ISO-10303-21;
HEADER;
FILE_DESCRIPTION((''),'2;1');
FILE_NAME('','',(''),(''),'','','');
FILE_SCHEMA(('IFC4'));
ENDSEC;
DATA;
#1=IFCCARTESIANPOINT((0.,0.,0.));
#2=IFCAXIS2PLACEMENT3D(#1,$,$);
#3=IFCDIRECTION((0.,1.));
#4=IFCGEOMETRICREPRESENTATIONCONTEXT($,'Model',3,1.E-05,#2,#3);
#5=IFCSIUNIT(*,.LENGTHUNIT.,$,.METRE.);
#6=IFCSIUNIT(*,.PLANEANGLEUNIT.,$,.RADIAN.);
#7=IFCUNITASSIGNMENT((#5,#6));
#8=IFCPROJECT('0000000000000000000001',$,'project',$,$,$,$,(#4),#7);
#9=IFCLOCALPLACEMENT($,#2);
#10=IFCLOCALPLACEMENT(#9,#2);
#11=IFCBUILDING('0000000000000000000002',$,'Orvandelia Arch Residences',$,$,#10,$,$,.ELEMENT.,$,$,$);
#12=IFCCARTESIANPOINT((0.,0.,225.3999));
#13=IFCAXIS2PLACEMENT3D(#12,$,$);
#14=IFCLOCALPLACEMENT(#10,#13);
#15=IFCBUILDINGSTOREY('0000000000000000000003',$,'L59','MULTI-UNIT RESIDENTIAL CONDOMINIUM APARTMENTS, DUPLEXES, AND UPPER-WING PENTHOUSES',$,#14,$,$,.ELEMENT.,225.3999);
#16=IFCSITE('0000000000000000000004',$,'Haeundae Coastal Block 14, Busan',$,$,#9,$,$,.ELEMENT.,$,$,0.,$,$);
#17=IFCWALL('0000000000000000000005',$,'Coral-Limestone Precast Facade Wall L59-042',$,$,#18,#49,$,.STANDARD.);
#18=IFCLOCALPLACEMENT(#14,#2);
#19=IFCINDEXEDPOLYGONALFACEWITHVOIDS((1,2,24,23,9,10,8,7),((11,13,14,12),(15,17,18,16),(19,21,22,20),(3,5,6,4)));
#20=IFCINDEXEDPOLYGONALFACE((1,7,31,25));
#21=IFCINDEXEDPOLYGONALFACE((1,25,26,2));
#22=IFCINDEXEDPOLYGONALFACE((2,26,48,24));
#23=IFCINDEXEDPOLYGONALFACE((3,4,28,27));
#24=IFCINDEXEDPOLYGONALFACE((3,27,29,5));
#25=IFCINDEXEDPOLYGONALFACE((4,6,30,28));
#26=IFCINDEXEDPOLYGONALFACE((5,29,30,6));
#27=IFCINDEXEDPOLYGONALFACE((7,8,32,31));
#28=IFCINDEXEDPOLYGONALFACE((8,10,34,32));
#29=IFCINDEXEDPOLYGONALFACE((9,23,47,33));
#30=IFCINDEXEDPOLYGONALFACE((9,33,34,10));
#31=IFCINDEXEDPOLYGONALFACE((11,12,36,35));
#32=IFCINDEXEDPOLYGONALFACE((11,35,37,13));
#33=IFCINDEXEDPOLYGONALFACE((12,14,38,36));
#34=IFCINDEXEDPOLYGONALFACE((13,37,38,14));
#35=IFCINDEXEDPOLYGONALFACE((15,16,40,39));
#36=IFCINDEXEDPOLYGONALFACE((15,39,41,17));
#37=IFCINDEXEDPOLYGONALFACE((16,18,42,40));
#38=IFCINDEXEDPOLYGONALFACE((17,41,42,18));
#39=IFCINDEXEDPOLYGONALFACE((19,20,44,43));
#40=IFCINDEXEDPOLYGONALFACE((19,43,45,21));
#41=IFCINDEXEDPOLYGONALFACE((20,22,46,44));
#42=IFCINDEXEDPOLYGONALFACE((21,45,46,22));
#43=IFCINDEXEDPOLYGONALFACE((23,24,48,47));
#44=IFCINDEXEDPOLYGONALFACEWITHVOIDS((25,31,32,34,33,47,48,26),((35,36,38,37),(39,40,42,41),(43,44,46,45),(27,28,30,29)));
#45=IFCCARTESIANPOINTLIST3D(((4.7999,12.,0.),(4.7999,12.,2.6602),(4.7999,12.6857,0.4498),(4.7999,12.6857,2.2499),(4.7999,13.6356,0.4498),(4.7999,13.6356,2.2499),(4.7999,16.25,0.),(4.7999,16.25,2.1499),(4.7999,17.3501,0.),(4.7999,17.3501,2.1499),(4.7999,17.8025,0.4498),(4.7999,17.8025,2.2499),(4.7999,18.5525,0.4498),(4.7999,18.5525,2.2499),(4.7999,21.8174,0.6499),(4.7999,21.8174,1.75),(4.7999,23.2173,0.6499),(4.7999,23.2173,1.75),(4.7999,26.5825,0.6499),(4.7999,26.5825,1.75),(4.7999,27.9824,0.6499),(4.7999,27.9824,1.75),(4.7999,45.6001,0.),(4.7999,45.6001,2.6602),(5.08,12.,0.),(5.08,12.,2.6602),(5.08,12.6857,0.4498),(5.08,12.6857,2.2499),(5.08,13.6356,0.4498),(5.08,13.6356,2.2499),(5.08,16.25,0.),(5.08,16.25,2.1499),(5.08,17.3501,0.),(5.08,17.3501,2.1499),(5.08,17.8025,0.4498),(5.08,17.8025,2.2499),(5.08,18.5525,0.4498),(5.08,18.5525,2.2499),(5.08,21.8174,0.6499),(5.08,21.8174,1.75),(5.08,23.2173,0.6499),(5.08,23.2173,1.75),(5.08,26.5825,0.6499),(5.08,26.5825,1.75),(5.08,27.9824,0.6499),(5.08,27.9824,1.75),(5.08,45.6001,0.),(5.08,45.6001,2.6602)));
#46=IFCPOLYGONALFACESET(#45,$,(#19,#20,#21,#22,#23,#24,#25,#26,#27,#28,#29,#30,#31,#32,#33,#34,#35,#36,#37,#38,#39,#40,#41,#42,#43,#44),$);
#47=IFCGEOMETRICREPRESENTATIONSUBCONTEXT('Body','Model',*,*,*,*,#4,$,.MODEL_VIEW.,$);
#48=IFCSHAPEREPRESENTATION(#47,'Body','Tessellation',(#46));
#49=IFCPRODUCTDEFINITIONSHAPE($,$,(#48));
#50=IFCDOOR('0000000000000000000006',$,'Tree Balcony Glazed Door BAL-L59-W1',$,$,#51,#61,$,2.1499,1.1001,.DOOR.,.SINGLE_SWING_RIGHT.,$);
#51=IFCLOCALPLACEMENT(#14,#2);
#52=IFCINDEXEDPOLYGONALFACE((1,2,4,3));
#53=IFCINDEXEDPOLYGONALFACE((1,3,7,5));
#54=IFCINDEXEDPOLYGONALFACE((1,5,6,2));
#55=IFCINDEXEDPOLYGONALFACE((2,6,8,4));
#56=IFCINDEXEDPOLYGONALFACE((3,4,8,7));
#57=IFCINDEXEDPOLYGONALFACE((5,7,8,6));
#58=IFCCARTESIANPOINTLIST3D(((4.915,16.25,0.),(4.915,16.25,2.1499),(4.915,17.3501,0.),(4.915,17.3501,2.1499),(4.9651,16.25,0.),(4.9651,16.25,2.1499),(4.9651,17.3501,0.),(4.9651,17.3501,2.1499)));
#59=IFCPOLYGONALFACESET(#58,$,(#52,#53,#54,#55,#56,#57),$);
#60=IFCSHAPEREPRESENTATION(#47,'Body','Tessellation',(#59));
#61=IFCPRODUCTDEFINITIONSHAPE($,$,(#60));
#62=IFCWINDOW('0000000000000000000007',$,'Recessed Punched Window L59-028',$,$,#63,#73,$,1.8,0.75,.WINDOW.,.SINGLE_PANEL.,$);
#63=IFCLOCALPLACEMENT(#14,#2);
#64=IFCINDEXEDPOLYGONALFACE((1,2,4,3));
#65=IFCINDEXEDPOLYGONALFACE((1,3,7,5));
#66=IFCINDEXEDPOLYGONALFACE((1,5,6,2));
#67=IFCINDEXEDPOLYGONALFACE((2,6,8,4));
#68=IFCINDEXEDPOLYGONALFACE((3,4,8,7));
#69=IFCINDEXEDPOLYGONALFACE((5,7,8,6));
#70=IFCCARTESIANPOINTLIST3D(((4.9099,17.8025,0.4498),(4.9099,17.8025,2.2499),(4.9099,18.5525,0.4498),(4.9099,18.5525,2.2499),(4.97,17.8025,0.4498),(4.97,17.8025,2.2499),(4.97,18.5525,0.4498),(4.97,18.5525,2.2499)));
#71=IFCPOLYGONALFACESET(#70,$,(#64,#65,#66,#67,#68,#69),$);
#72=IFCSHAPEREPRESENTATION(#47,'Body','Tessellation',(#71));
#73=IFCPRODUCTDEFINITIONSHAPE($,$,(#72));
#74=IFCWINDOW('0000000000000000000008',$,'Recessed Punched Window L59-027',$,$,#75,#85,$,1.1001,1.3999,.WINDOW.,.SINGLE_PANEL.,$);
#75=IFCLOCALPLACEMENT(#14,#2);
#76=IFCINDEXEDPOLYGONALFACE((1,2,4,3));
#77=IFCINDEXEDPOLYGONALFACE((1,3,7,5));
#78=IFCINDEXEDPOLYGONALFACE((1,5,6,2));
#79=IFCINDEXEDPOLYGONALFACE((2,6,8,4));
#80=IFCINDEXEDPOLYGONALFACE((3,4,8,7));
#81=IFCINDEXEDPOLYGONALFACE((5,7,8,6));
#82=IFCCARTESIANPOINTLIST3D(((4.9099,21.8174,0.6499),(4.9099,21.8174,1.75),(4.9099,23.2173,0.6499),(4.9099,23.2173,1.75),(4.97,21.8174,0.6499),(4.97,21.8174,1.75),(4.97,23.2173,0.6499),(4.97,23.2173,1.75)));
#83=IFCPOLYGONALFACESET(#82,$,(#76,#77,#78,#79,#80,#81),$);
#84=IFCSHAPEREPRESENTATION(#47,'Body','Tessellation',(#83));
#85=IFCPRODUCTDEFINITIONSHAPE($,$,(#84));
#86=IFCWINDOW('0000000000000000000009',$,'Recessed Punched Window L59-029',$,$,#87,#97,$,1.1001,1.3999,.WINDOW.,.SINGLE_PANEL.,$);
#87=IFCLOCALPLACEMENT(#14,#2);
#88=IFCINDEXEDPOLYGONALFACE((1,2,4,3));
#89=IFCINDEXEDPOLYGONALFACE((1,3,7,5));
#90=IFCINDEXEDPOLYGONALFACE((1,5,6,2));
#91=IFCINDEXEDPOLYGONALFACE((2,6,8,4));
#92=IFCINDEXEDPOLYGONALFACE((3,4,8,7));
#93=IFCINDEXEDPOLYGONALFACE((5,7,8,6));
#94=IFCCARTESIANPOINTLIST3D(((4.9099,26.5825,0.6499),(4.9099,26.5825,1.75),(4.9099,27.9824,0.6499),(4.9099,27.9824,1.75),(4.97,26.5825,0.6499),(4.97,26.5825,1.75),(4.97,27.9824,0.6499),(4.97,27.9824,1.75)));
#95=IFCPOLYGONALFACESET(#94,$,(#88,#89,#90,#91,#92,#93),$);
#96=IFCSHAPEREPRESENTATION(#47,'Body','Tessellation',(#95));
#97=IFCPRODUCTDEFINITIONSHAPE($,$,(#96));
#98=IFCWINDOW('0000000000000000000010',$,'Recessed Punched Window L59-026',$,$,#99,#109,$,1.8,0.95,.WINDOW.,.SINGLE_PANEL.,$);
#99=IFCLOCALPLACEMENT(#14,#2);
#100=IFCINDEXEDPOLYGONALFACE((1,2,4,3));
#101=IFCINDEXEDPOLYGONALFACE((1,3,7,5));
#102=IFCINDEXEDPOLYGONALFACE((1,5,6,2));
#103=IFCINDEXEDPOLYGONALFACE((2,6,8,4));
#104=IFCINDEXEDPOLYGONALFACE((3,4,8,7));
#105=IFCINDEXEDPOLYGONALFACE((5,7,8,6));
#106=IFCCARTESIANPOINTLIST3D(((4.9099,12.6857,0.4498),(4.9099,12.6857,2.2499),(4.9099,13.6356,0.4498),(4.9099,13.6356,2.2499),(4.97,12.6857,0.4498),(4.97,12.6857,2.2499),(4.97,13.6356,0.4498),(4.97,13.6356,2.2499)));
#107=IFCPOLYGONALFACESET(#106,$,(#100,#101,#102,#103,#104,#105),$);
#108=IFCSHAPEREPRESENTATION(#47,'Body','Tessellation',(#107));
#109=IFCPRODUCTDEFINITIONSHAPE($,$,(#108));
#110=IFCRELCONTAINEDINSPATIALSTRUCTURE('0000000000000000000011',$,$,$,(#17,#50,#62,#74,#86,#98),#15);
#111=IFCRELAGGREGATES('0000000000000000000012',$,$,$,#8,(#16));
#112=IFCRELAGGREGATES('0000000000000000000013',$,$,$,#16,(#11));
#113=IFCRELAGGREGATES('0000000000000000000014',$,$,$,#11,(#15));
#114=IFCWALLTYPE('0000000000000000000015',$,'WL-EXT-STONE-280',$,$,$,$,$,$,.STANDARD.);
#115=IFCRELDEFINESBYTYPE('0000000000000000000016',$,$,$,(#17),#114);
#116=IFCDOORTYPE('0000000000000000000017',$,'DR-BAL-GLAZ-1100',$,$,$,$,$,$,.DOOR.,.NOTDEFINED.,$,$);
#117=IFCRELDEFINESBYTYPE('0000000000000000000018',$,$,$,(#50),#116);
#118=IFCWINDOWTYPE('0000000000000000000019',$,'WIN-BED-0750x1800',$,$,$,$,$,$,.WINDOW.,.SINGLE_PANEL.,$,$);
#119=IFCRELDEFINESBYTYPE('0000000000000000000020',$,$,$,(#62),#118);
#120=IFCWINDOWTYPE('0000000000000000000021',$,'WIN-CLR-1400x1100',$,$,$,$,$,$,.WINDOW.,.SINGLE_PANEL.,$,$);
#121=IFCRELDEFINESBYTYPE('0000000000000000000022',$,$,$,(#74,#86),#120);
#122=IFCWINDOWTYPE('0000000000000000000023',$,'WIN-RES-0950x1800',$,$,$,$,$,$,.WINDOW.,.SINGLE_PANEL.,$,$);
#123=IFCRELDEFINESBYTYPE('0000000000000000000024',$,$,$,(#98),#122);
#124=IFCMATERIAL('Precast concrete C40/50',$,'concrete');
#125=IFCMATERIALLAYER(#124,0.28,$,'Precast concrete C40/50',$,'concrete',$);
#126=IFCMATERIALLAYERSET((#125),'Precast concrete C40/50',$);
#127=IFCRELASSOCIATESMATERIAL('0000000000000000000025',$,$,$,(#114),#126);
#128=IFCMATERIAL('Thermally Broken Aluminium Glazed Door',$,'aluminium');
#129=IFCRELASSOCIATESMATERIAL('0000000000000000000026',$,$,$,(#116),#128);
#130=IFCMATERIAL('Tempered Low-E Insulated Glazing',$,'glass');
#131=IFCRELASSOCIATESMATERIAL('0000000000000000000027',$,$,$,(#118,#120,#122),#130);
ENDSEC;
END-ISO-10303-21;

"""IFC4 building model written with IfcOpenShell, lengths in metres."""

from ifc_helpers import new_model, si_unit, direction, frame, frame_2d, origin, place, context, subcontext, project, spatial, rectangle, extrude, material, layer, layer_set, type_object, element, fill, save


model = new_model("IFC4")

# Units and contexts
model_context = context("Model", 3, precision=1e-05, world=origin(), true_north=direction((0.0, 1.0)))
body_context = subcontext(model_context, "Body", "Model", "MODEL_VIEW")
ifc_project = project(units=[si_unit("LENGTHUNIT", "METRE"), si_unit("PLANEANGLEUNIT", "RADIAN")], contexts=[model_context])

# Site, building, storey
site_placement = place(None, origin())
site = spatial("IfcSite", under=ifc_project, at=site_placement, Name="Haeundae Coastal Block 14, Busan", CompositionType="ELEMENT", RefElevation=0.0)
building_placement = place(site_placement, origin())
building = spatial("IfcBuilding", under=site, at=building_placement, Name="Orvandelia Arch Residences", CompositionType="ELEMENT")
storey_placement = place(building_placement, frame((0.0, 0.0, 225.3999)))
storey = spatial("IfcBuildingStorey", under=building, at=storey_placement, Name="L59", Description="MULTI-UNIT RESIDENTIAL CONDOMINIUM APARTMENTS, DUPLEXES, AND UPPER-WING PENTHOUSES", CompositionType="ELEMENT", Elevation=225.3999)

# Shared definitions
ifc_material_1 = material(Name="Precast concrete C40/50", Category="concrete")

# Shared definitions
ifc_layer_1 = layer(ifc_material_1, 0.28, Name="Precast concrete C40/50", Category="concrete")
ifc_layer_set_1 = layer_set([ifc_layer_1], Name="Precast concrete C40/50")
wall_type_1 = type_object("IfcWallType", Name="WL-EXT-STONE-280", PredefinedType="STANDARD", material=ifc_layer_set_1)

# Wall, openings, door, windows
wall_1_placement = place(storey_placement, frame((4.9399, 12.0, 0.0), z_axis=(0.0, 0.0, 1.0), x_axis=(0.0, 1.0, 0.0)))
wall_1 = element("IfcWall", 1, at=wall_1_placement, inside=storey, type_object=wall_type_1, Name="Coral-Limestone Precast Facade Wall L59-042", PredefinedType="STANDARD", context=body_context, shape_type="SweptSolid", body=[
    extrude(rectangle(XDim=33.6001, YDim=0.28, at=frame_2d((16.8, 0.0))), origin(), (0.0, 0.0, 1.0), 2.6602),
])
opening_1_placement = place(wall_1_placement, frame((4.25, 0.0, 0.0)))
opening_1 = element("IfcOpeningElement", 2, at=opening_1_placement, cuts=wall_1, PredefinedType="OPENING", context=body_context, shape_type="SweptSolid", body=[
    extrude(rectangle(XDim=1.1001, YDim=2.1499, at=frame_2d((0.55, 1.075))), frame((0.0, 0.1499, 0.0), z_axis=(0.0, -1.0, 0.0), x_axis=(1.0, 0.0, 0.0)), (0.0, 0.0, 1.0), 0.3),
])
opening_2_placement = place(wall_1_placement, frame((0.6855, 0.0, 0.45)))
opening_2 = element("IfcOpeningElement", 3, at=opening_2_placement, cuts=wall_1, PredefinedType="OPENING", context=body_context, shape_type="SweptSolid", body=[
    extrude(rectangle(XDim=0.95, YDim=1.8, at=frame_2d((0.4751, 0.8999))), frame((0.0, 0.1499, 0.0), z_axis=(0.0, -1.0, 0.0), x_axis=(1.0, 0.0, 0.0)), (0.0, 0.0, 1.0), 0.3),
])
opening_3_placement = place(wall_1_placement, frame((9.8174, 0.0, 0.6499)))
opening_3 = element("IfcOpeningElement", 4, at=opening_3_placement, cuts=wall_1, PredefinedType="OPENING", context=body_context, shape_type="SweptSolid", body=[
    extrude(rectangle(XDim=1.3999, YDim=1.1001, at=frame_2d((0.7, 0.55))), frame((0.0, 0.1499, 0.0), z_axis=(0.0, -1.0, 0.0), x_axis=(1.0, 0.0, 0.0)), (0.0, 0.0, 1.0), 0.3),
])
opening_4_placement = place(wall_1_placement, frame((5.8025, 0.0, 0.45)))
opening_4 = element("IfcOpeningElement", 5, at=opening_4_placement, cuts=wall_1, PredefinedType="OPENING", context=body_context, shape_type="SweptSolid", body=[
    extrude(rectangle(XDim=0.75, YDim=1.8, at=frame_2d((0.375, 0.8999))), frame((0.0, 0.1499, 0.0), z_axis=(0.0, -1.0, 0.0), x_axis=(1.0, 0.0, 0.0)), (0.0, 0.0, 1.0), 0.3),
])
opening_5_placement = place(wall_1_placement, frame((14.5825, 0.0, 0.6499)))
opening_5 = element("IfcOpeningElement", 6, at=opening_5_placement, cuts=wall_1, PredefinedType="OPENING", context=body_context, shape_type="SweptSolid", body=[
    extrude(rectangle(XDim=1.3999, YDim=1.1001, at=frame_2d((0.7, 0.55))), frame((0.0, 0.1499, 0.0), z_axis=(0.0, -1.0, 0.0), x_axis=(1.0, 0.0, 0.0)), (0.0, 0.0, 1.0), 0.3),
])
ifc_material_2 = material(Name="Thermally Broken Aluminium Glazed Door", Category="aluminium")
door_type_1 = type_object("IfcDoorType", Name="DR-BAL-GLAZ-1100", OperationType="NOTDEFINED", PredefinedType="DOOR", material=ifc_material_2)
door_1_placement = place(opening_1_placement, origin())
door_1 = element("IfcDoor", 7, at=door_1_placement, inside=storey, type_object=door_type_1, Name="Tree Balcony Glazed Door BAL-L59-W1", OperationType="SINGLE_SWING_RIGHT", OverallHeight=2.1499, OverallWidth=1.1001, PredefinedType="DOOR", context=body_context, shape_type="SweptSolid", body=[
    extrude(rectangle(XDim=1.1001, YDim=2.1499, at=frame_2d((0.55, 1.075))), frame((0.0, 0.0249, 0.0), z_axis=(0.0, -1.0, 0.0), x_axis=(1.0, 0.0, 0.0)), (0.0, 0.0, 1.0), 0.05),
])
fill(opening_1, door_1)
ifc_material_3 = material(Name="Tempered Low-E Insulated Glazing", Category="glass")
window_type_1 = type_object("IfcWindowType", Name="WIN-BED-0750x1800", PartitioningType="SINGLE_PANEL", PredefinedType="WINDOW", material=ifc_material_3)
window_1_placement = place(opening_4_placement, origin())
window_1 = element("IfcWindow", 8, at=window_1_placement, inside=storey, type_object=window_type_1, Name="Recessed Punched Window L59-028", OverallHeight=1.8, OverallWidth=0.75, PartitioningType="SINGLE_PANEL", PredefinedType="WINDOW", context=body_context, shape_type="SweptSolid", body=[
    extrude(rectangle(XDim=0.75, YDim=1.8, at=frame_2d((0.375, 0.8999))), frame((0.0, 0.03, 0.0), z_axis=(0.0, -1.0, 0.0), x_axis=(1.0, 0.0, 0.0)), (0.0, 0.0, 1.0), 0.0601),
])
fill(opening_4, window_1)
window_type_2 = type_object("IfcWindowType", Name="WIN-CLR-1400x1100", PartitioningType="SINGLE_PANEL", PredefinedType="WINDOW", material=ifc_material_3)
window_2_placement = place(opening_3_placement, origin())
window_2 = element("IfcWindow", 9, at=window_2_placement, inside=storey, type_object=window_type_2, Name="Recessed Punched Window L59-027", OverallHeight=1.1001, OverallWidth=1.3999, PartitioningType="SINGLE_PANEL", PredefinedType="WINDOW", context=body_context, shape_type="SweptSolid", body=[
    extrude(rectangle(XDim=1.3999, YDim=1.1001, at=frame_2d((0.7, 0.55))), frame((0.0, 0.03, 0.0), z_axis=(0.0, -1.0, 0.0), x_axis=(1.0, 0.0, 0.0)), (0.0, 0.0, 1.0), 0.0601),
])
fill(opening_3, window_2)
window_3_placement = place(opening_5_placement, origin())
window_3 = element("IfcWindow", 10, at=window_3_placement, inside=storey, type_object=window_type_2, Name="Recessed Punched Window L59-029", OverallHeight=1.1001, OverallWidth=1.3999, PartitioningType="SINGLE_PANEL", PredefinedType="WINDOW", context=body_context, shape_type="SweptSolid", body=[
    extrude(rectangle(XDim=1.3999, YDim=1.1001, at=frame_2d((0.7, 0.55))), frame((0.0, 0.03, 0.0), z_axis=(0.0, -1.0, 0.0), x_axis=(1.0, 0.0, 0.0)), (0.0, 0.0, 1.0), 0.0601),
])
fill(opening_5, window_3)
window_type_3 = type_object("IfcWindowType", Name="WIN-RES-0950x1800", PartitioningType="SINGLE_PANEL", PredefinedType="WINDOW", material=ifc_material_3)
window_4_placement = place(opening_2_placement, origin())
window_4 = element("IfcWindow", 11, at=window_4_placement, inside=storey, type_object=window_type_3, Name="Recessed Punched Window L59-026", OverallHeight=1.8, OverallWidth=0.95, PartitioningType="SINGLE_PANEL", PredefinedType="WINDOW", context=body_context, shape_type="SweptSolid", body=[
    extrude(rectangle(XDim=0.95, YDim=1.8, at=frame_2d((0.4751, 0.8999))), frame((0.0, 0.03, 0.0), z_axis=(0.0, -1.0, 0.0), x_axis=(1.0, 0.0, 0.0)), (0.0, 0.0, 1.0), 0.0601),
])
fill(opening_2, window_4)

save(model, "model.ifc")
